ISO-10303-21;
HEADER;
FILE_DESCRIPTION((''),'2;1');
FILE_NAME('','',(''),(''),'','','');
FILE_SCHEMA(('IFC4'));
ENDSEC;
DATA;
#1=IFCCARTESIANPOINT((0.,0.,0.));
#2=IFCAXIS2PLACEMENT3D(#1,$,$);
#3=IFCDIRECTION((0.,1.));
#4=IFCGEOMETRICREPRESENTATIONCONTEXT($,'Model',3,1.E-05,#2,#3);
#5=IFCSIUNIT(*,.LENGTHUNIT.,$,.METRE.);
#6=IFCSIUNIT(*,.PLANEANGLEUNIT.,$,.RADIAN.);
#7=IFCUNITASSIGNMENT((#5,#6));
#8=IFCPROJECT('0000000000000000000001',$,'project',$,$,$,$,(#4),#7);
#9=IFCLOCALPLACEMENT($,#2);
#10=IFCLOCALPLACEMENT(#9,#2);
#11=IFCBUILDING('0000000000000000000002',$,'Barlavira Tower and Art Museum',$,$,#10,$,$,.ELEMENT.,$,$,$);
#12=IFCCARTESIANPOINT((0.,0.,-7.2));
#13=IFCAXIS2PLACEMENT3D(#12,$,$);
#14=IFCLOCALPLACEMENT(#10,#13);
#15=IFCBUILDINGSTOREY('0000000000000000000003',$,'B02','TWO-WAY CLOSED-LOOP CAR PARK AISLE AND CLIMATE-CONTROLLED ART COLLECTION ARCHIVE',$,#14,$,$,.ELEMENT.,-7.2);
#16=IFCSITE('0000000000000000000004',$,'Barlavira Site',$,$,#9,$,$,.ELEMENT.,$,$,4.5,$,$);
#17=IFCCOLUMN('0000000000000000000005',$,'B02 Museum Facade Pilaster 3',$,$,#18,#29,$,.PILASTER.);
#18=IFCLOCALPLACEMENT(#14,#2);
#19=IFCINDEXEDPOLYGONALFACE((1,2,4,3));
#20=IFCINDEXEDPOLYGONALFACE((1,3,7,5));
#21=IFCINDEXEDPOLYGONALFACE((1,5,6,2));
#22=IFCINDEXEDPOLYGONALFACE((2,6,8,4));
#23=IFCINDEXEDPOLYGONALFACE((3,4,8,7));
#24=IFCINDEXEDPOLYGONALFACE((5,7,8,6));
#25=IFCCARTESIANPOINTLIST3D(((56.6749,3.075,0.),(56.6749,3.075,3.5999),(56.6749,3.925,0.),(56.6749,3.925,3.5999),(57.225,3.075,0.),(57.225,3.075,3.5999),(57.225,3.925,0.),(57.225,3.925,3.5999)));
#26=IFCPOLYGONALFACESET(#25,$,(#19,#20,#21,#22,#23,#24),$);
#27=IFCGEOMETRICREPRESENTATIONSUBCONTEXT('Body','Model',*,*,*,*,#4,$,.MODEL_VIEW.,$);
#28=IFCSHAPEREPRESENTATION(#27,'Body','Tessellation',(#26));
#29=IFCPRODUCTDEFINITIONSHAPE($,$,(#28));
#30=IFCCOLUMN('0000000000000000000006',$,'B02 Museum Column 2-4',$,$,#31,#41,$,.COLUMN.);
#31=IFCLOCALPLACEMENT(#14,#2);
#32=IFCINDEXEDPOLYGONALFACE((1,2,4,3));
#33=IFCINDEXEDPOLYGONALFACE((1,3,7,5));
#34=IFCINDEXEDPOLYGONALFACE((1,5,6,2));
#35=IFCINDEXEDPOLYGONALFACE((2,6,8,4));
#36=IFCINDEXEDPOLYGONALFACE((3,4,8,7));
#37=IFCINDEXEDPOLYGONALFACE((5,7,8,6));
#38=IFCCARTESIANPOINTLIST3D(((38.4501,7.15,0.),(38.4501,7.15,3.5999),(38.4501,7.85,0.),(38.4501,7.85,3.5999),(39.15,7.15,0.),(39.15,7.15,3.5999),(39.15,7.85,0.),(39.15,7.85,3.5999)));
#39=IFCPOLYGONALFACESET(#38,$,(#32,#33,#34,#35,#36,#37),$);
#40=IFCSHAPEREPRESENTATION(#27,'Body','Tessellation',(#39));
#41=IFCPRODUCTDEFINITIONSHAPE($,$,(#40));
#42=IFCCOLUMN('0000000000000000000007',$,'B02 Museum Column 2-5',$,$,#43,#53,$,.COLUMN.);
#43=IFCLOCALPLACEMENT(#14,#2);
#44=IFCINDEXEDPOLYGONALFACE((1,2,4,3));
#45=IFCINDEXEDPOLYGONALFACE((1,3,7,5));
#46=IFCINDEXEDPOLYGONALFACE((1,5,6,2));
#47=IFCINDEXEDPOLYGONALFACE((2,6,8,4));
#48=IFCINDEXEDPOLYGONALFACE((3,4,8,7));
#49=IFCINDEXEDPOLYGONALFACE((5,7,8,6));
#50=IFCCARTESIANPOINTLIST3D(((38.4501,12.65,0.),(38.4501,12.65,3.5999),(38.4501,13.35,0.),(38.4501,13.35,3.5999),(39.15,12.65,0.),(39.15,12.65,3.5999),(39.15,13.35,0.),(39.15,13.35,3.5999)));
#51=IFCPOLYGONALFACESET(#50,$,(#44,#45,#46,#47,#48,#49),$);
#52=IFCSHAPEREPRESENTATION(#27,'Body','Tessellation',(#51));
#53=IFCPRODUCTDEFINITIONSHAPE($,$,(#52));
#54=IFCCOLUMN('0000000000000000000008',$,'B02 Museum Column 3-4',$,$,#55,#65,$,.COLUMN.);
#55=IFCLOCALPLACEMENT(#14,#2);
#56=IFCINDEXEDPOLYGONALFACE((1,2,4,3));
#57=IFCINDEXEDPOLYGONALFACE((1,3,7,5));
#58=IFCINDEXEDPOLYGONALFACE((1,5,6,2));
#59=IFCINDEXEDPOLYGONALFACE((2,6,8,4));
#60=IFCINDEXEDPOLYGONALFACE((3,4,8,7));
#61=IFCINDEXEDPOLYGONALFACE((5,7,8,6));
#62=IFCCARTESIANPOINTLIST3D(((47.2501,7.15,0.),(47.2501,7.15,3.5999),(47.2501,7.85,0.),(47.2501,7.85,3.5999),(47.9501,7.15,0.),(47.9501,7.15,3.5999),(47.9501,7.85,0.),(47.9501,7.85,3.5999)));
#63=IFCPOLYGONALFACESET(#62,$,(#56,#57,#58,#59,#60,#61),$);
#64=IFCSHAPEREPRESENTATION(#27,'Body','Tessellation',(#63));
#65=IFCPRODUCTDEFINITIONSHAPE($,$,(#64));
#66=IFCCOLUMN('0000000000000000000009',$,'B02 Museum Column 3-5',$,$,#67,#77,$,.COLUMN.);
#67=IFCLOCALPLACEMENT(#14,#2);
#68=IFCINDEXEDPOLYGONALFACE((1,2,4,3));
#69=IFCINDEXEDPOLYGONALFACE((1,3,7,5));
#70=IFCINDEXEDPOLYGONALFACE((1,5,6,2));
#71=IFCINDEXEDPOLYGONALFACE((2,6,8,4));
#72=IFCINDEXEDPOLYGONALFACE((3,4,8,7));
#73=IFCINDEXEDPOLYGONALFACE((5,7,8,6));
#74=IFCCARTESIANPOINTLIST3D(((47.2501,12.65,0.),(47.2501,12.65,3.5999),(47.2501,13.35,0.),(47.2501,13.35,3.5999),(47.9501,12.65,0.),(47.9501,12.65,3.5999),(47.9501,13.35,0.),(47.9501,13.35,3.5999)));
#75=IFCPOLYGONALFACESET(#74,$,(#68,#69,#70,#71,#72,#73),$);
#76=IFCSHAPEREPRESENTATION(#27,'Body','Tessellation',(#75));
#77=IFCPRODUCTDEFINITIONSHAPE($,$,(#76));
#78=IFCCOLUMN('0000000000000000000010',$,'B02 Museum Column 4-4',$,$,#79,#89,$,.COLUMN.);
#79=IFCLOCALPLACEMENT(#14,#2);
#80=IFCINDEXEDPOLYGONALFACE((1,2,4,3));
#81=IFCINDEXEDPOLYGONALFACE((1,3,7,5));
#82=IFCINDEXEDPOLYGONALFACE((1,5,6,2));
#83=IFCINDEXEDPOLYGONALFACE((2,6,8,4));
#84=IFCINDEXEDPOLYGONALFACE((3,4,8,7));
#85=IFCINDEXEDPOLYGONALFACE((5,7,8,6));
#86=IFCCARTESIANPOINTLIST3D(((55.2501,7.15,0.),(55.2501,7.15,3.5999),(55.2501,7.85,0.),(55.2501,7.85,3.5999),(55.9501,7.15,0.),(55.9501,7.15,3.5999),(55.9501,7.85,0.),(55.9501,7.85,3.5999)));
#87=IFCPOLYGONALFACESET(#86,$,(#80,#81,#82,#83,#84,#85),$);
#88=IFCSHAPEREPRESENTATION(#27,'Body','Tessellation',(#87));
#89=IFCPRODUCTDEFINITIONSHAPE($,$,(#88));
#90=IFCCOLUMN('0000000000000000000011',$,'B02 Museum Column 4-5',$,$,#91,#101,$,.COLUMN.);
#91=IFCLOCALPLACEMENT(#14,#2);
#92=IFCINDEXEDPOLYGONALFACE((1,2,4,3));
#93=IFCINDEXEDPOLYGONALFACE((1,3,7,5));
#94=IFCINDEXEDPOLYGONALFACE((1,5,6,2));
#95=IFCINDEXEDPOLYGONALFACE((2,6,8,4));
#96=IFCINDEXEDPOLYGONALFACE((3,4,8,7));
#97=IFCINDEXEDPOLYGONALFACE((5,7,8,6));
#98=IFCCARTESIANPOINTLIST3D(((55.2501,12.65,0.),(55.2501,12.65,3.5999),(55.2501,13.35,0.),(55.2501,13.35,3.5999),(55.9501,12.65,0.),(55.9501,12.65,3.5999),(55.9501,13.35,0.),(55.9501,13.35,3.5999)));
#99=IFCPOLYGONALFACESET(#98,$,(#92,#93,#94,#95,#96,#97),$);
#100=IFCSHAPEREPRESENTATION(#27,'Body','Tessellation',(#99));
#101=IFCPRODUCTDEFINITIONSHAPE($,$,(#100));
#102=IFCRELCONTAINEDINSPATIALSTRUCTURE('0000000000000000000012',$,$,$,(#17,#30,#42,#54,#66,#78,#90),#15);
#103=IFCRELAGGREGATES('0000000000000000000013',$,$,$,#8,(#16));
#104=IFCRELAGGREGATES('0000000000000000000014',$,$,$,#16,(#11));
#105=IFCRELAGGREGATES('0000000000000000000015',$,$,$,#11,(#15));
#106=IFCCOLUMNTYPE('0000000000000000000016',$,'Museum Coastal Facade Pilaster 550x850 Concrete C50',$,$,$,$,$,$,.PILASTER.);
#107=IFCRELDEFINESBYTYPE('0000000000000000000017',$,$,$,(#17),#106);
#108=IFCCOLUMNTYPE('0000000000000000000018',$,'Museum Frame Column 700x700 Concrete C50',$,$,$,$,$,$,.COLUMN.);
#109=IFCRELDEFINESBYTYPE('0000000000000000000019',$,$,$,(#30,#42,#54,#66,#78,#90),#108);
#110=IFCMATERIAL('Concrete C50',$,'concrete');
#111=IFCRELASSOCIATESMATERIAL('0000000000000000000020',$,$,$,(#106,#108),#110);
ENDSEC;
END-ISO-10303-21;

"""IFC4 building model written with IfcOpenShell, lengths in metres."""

from ifc_helpers import new_model, si_unit, direction, frame, origin, origin_2d, place, context, subcontext, project, spatial, rectangle, extrude, material, material_profile, profile_set, type_object, element, save


model = new_model("IFC4")

# Units and contexts
model_context = context("Model", 3, precision=1e-05, world=origin(), true_north=direction((0.0, 1.0)))
body_context = subcontext(model_context, "Body", "Model", "MODEL_VIEW")
ifc_project = project(units=[si_unit("LENGTHUNIT", "METRE"), si_unit("PLANEANGLEUNIT", "RADIAN")], contexts=[model_context])

# Site, building, storey
site_placement = place(None, origin())
site = spatial("IfcSite", under=ifc_project, at=site_placement, Name="Barlavira Site", CompositionType="ELEMENT", RefElevation=4.5)
building_placement = place(site_placement, origin())
building = spatial("IfcBuilding", under=site, at=building_placement, Name="Barlavira Tower and Art Museum", CompositionType="ELEMENT")
storey_placement = place(building_placement, frame((0.0, 0.0, -7.2)))
storey = spatial("IfcBuildingStorey", under=building, at=storey_placement, Name="B02", Description="TWO-WAY CLOSED-LOOP CAR PARK AISLE AND CLIMATE-CONTROLLED ART COLLECTION ARCHIVE", CompositionType="ELEMENT", Elevation=-7.2)

# Shared definitions
ifc_material = material(Name="Concrete C50", Category="concrete")

# Columns
ifc_material_profile_1 = material_profile(ifc_material, rectangle(XDim=0.55, YDim=0.8501, at=origin_2d()), Name="RC-PIL 550x850")
ifc_profile_set_1 = profile_set([ifc_material_profile_1], Name="Concrete C50")
column_type_1 = type_object("IfcColumnType", Name="Museum Coastal Facade Pilaster 550x850 Concrete C50", PredefinedType="PILASTER", material=ifc_profile_set_1)
column_placement = place(storey_placement, frame((56.95, 3.5, 0.0), z_axis=(0.0, 0.0, 1.0), x_axis=(1.0, 0.0, 0.0)))
element("IfcColumn", 1, at=column_placement, inside=storey, type_object=column_type_1, Name="B02 Museum Facade Pilaster 3", PredefinedType="PILASTER", context=body_context, shape_type="SweptSolid", body=[
    extrude(rectangle(XDim=0.55, YDim=0.8501, at=origin_2d()), origin(), (0.0, 0.0, 1.0), 3.5999),
])
ifc_material_profile_2 = material_profile(ifc_material, rectangle(XDim=0.7, YDim=0.7, at=origin_2d()), Name="RC-COL 700x700")
ifc_profile_set_2 = profile_set([ifc_material_profile_2], Name="Concrete C50")
column_type_2 = type_object("IfcColumnType", Name="Museum Frame Column 700x700 Concrete C50", PredefinedType="COLUMN", material=ifc_profile_set_2)
for number, where, z_axis, x_axis, name in (
    (2, (38.8, 7.5, 0.0), (0.0, 0.0, 1.0), (1.0, 0.0, 0.0), "B02 Museum Column 2-4"),
    (3, (38.8, 13.0, 0.0), (0.0, 0.0, 1.0), (1.0, 0.0, 0.0), "B02 Museum Column 2-5"),
    (4, (47.6001, 7.5, 0.0), (0.0, 0.0, 1.0), (1.0, 0.0, 0.0), "B02 Museum Column 3-4"),
    (5, (47.6001, 13.0, 0.0), (0.0, 0.0, 1.0), (1.0, 0.0, 0.0), "B02 Museum Column 3-5"),
    (6, (55.6001, 7.5, 0.0), (0.0, 0.0, 1.0), (1.0, 0.0, 0.0), "B02 Museum Column 4-4"),
    (7, (55.6001, 13.0, 0.0), (0.0, 0.0, 1.0), (1.0, 0.0, 0.0), "B02 Museum Column 4-5"),
):
    element("IfcColumn", number, at=place(storey_placement, frame(where, z_axis=z_axis, x_axis=x_axis)), inside=storey, type_object=column_type_2, Name=name, PredefinedType="COLUMN", context=body_context, shape_type="SweptSolid", body=[
        extrude(rectangle(XDim=0.7, YDim=0.7, at=origin_2d()), origin(), (0.0, 0.0, 1.0), 3.5999),
    ])

save(model, "model.ifc")
